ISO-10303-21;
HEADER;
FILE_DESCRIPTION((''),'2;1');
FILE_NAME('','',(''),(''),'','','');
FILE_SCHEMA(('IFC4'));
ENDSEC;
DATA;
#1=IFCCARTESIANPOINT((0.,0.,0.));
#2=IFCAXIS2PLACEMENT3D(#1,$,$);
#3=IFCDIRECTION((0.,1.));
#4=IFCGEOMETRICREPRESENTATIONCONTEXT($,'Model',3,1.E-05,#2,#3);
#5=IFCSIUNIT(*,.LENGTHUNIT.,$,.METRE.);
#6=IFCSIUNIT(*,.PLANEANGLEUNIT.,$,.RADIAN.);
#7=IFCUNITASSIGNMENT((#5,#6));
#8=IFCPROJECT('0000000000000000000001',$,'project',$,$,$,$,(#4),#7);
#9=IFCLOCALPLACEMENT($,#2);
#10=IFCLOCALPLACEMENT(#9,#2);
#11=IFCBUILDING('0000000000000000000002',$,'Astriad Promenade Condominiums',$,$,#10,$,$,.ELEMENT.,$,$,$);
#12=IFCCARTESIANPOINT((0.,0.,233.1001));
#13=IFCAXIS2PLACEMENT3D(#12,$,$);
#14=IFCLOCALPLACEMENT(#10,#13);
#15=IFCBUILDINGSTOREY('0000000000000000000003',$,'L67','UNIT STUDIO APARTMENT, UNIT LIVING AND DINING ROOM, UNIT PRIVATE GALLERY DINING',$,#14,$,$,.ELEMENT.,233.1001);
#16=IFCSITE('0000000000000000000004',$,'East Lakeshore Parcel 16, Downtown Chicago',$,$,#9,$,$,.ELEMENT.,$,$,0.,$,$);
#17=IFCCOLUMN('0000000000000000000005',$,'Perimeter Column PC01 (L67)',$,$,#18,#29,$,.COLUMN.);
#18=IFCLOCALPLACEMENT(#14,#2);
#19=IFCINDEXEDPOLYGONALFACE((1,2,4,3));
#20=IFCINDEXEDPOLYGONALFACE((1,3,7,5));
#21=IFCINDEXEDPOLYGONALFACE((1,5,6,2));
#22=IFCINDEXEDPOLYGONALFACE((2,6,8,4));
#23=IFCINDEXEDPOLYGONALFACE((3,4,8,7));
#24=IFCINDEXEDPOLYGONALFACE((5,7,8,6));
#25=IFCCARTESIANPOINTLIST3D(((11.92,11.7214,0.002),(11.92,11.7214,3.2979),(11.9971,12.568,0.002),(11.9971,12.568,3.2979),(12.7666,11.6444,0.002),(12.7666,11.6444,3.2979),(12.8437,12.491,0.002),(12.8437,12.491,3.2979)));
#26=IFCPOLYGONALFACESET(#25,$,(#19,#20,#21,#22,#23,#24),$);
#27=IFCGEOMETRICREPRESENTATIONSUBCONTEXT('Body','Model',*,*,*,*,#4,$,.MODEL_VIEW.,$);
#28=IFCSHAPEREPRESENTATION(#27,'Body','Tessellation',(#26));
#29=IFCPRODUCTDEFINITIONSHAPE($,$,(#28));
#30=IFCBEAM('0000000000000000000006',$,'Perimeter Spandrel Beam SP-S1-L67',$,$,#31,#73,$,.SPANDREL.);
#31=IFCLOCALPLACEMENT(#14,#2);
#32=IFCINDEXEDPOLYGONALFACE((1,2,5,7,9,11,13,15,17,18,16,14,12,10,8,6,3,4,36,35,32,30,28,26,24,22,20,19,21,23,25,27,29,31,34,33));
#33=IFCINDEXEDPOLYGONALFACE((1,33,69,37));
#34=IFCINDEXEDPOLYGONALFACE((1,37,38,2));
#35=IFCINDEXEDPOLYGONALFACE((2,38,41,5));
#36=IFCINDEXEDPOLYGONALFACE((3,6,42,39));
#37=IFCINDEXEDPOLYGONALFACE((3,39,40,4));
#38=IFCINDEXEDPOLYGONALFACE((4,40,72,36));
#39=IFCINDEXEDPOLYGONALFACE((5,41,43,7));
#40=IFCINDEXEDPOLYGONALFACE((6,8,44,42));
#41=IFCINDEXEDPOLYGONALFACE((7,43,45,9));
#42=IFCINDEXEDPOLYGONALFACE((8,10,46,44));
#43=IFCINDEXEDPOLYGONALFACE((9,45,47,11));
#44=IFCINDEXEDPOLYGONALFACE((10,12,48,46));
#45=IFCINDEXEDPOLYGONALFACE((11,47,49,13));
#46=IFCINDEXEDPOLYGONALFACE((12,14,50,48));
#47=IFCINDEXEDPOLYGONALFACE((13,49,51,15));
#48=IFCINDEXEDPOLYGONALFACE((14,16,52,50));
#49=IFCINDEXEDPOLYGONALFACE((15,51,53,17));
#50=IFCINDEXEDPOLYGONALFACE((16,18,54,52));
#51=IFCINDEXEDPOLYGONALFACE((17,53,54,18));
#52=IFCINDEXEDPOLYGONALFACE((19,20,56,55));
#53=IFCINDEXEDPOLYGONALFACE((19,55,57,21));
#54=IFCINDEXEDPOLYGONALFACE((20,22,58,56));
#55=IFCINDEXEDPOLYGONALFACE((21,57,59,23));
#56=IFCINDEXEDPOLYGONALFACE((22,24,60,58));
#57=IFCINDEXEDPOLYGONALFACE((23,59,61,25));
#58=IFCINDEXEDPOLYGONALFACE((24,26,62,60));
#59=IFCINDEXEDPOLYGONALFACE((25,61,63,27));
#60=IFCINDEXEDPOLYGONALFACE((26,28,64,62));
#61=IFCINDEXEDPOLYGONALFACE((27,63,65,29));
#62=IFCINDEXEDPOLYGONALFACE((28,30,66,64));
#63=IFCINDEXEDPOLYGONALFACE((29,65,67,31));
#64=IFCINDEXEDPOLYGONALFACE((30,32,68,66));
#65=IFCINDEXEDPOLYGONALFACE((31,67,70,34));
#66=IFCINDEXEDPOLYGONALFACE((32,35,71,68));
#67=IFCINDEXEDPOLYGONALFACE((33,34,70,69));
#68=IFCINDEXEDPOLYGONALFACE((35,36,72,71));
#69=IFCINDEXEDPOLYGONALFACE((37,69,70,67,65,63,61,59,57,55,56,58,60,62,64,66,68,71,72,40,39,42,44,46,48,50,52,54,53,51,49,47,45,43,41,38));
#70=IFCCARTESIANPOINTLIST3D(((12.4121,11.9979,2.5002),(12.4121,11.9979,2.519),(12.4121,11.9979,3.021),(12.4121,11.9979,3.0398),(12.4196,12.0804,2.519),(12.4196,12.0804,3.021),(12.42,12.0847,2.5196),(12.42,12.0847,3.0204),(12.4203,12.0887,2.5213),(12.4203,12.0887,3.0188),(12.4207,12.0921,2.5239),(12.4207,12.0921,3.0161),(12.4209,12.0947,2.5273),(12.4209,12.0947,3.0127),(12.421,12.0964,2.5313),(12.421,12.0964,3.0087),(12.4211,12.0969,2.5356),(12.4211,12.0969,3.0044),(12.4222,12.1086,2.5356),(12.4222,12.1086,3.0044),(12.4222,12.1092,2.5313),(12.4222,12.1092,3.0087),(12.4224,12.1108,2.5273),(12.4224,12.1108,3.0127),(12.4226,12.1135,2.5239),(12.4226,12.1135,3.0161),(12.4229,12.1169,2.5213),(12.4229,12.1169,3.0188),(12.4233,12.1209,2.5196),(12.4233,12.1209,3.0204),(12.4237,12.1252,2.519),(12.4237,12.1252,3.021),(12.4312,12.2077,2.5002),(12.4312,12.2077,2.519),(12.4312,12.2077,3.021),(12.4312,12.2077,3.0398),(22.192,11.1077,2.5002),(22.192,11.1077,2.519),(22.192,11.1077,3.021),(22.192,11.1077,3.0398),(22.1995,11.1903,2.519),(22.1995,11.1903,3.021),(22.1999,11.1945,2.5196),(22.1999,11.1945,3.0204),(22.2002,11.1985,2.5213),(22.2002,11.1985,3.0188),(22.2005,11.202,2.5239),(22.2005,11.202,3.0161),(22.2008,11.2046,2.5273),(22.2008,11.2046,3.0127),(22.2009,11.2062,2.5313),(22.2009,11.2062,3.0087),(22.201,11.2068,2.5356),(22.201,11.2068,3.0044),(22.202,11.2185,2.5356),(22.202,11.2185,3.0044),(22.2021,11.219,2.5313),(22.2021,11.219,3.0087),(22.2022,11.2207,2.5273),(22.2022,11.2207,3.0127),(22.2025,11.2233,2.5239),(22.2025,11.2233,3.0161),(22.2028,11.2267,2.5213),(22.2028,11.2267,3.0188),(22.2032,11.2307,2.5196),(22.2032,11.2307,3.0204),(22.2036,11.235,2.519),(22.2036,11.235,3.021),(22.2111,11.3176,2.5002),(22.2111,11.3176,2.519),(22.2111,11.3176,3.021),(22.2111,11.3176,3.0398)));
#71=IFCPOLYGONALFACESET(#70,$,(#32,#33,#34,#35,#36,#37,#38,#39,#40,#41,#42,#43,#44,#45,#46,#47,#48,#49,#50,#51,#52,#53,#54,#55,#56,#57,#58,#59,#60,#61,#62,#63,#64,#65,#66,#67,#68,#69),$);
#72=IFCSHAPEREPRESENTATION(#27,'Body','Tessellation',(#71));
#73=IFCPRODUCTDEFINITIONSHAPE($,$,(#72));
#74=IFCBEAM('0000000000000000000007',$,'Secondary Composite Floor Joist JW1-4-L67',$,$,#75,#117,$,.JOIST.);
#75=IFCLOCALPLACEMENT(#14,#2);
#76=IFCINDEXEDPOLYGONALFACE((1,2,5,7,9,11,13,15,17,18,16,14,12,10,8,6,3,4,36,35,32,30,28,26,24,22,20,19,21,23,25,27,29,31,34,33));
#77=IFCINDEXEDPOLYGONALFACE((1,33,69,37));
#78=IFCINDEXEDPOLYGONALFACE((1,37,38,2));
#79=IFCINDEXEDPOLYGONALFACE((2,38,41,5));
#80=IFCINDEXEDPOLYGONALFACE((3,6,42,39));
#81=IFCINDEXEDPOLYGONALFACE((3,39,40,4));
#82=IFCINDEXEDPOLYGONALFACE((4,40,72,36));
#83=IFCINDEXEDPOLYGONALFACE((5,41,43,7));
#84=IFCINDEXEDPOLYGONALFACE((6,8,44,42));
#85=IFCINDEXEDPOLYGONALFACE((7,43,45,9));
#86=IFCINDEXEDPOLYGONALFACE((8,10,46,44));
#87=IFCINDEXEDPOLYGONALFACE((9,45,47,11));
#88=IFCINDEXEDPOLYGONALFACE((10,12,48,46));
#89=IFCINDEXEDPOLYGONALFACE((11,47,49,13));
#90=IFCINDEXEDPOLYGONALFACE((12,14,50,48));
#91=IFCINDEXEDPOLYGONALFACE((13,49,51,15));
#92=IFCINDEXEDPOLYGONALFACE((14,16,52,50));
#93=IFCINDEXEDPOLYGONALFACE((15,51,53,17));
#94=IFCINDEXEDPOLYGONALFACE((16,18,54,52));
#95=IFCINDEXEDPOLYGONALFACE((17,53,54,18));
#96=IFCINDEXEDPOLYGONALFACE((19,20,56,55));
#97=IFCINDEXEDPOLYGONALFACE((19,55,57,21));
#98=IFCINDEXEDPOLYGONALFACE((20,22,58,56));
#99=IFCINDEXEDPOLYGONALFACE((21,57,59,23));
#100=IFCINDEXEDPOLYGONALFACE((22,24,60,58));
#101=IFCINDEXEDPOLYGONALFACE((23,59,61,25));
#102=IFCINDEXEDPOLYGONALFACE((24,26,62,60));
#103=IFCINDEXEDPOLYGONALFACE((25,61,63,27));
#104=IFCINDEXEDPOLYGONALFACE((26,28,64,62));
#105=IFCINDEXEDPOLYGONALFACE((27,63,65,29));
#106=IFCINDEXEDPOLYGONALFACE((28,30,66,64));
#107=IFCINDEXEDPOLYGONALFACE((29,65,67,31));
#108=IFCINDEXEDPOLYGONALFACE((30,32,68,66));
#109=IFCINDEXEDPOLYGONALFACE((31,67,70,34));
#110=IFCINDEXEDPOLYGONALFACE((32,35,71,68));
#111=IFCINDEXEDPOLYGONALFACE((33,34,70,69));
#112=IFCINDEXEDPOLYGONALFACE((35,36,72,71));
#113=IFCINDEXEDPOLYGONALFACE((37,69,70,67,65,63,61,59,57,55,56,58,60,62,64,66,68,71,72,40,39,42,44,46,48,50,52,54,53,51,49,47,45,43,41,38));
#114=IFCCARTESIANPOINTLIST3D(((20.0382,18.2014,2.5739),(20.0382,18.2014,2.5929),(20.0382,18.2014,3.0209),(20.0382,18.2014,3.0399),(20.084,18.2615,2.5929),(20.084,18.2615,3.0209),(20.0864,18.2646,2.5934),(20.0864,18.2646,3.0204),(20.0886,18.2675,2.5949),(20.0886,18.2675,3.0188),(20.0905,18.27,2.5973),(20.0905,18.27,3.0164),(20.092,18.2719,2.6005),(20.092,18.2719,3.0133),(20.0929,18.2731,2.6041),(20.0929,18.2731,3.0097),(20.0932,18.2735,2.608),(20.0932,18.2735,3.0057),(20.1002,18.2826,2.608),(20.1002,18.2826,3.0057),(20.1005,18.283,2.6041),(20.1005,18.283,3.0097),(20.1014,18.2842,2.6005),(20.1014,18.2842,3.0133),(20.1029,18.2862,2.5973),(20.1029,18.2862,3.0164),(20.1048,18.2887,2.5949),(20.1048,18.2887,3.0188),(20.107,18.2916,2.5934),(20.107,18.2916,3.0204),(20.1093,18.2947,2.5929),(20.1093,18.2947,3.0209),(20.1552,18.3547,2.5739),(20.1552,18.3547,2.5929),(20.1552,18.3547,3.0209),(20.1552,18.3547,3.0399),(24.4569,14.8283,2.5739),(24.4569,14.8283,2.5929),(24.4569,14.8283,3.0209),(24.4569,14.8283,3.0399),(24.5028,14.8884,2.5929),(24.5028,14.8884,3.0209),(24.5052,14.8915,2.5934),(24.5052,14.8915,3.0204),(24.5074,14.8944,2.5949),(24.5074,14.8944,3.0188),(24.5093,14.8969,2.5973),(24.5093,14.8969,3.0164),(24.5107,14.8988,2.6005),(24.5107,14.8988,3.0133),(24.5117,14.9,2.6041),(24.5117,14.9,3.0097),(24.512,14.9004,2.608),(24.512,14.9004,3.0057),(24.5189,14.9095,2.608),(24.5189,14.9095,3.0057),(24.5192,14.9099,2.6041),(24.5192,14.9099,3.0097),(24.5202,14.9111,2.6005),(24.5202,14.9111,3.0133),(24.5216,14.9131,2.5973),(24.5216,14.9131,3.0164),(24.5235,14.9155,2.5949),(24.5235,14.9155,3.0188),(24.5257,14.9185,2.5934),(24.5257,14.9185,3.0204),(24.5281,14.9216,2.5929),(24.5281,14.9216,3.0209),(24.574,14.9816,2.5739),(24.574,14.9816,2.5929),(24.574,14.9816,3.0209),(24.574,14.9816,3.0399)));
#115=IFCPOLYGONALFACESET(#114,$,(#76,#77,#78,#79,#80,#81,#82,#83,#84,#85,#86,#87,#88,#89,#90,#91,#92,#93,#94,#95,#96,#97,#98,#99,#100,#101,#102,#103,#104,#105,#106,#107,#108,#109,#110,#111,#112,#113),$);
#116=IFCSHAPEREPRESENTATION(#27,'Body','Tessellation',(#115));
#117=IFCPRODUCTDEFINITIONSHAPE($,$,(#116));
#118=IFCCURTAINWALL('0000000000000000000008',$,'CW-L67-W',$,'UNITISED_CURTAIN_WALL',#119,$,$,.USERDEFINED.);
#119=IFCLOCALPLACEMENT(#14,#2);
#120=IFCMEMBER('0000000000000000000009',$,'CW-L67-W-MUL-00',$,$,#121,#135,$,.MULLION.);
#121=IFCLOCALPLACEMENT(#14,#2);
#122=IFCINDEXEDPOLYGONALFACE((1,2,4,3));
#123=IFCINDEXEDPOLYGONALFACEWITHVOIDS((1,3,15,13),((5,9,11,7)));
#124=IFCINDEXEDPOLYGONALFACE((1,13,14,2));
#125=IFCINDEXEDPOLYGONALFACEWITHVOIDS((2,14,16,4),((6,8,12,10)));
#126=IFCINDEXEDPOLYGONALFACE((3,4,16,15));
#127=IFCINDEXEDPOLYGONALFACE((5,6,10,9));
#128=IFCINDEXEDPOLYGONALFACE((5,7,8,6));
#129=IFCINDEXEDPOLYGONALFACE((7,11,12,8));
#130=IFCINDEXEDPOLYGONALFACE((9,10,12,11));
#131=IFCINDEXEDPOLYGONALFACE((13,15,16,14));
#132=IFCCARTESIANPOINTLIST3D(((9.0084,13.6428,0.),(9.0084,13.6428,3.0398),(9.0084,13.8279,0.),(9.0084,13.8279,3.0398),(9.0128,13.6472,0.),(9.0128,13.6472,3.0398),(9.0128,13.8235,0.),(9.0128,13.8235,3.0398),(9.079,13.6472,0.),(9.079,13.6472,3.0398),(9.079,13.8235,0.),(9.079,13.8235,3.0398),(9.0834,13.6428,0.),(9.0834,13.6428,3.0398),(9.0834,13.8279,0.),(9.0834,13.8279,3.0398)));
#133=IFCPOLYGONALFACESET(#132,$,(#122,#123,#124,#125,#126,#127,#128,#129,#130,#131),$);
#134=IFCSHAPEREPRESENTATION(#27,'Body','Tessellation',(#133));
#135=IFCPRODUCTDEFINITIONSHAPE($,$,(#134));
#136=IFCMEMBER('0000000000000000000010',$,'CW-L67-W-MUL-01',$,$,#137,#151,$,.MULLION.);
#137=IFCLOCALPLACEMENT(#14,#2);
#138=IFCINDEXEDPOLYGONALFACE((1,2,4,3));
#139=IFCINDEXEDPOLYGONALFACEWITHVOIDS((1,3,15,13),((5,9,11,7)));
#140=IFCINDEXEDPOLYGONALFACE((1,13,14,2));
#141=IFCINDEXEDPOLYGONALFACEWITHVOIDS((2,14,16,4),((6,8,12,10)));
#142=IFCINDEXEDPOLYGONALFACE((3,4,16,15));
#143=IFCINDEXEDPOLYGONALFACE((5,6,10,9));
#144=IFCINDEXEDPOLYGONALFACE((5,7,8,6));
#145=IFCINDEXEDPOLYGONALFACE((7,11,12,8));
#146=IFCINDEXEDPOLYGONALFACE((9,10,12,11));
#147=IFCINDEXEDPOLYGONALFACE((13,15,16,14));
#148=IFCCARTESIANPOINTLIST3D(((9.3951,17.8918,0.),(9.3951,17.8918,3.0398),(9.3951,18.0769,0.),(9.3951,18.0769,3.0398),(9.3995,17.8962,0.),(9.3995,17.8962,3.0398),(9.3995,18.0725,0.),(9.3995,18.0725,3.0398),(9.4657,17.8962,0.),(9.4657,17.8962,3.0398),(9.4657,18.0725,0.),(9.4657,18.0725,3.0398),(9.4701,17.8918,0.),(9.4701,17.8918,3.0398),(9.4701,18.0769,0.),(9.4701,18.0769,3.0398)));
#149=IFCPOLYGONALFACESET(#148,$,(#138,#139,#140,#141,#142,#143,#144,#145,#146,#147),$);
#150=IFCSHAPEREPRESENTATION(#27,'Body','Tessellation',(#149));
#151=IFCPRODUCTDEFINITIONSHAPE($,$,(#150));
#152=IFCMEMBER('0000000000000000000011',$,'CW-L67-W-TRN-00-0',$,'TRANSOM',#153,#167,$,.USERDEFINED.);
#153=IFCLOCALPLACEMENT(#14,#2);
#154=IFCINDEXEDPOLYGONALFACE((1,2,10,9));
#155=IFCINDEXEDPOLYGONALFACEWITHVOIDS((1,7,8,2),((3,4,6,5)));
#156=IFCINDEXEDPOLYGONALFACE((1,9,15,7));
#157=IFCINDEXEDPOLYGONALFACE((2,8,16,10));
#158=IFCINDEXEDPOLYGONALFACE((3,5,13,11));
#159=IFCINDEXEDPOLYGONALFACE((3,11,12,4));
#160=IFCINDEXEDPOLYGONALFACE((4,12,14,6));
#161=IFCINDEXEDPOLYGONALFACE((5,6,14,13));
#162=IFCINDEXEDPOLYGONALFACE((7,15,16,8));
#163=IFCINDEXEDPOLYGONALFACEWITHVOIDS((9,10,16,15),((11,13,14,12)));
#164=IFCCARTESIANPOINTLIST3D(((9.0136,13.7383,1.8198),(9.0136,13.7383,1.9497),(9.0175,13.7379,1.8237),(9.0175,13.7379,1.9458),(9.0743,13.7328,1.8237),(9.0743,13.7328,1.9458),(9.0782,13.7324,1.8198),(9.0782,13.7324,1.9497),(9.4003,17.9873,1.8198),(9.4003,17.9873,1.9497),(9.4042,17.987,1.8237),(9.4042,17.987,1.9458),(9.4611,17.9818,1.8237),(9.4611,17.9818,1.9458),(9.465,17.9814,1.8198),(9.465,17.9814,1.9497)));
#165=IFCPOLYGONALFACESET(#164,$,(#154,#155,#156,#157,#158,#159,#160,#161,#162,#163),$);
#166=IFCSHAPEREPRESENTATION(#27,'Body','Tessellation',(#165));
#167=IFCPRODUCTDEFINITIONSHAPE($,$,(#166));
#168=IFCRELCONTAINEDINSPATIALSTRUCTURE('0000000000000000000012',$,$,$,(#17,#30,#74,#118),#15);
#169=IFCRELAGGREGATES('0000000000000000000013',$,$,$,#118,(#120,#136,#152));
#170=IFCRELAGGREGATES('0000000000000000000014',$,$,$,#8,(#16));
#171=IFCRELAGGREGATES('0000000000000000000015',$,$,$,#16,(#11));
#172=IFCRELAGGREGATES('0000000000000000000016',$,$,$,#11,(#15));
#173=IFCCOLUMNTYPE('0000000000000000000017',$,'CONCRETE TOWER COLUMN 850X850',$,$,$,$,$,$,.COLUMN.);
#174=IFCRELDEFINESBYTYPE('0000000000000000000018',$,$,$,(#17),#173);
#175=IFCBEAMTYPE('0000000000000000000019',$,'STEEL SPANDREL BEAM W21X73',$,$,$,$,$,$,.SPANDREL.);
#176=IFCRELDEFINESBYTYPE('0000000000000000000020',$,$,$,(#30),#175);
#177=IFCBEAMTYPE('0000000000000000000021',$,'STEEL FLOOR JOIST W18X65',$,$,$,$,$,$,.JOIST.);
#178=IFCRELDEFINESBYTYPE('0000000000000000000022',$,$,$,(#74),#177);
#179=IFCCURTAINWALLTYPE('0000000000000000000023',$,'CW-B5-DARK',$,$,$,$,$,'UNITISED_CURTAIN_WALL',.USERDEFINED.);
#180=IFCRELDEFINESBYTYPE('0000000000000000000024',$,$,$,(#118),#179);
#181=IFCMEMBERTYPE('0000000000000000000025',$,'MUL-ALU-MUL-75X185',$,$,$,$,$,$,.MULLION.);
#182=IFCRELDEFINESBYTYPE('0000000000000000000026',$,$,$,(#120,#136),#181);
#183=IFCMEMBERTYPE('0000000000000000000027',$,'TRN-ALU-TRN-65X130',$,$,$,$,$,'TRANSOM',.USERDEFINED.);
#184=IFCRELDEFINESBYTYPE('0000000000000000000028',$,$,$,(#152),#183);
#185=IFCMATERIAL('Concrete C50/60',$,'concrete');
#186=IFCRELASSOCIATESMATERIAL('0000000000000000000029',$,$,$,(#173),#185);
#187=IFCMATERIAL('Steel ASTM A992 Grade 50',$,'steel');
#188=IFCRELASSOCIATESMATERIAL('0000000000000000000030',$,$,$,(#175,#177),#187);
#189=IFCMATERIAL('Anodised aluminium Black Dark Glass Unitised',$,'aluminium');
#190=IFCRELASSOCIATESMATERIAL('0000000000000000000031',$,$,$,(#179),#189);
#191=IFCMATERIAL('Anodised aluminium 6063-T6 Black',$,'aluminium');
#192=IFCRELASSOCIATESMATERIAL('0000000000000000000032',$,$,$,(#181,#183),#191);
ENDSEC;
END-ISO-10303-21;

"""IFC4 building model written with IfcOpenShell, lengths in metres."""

from ifc_helpers import new_model, si_unit, direction, frame, origin, origin_2d, place, context, subcontext, project, spatial, rectangle, hollow_rectangle, i_section, extrude, source, transform, mapped, material, material_profile, profile_set, type_object, type_shapes, element, aggregate, save


model = new_model("IFC4")

# Units and contexts
model_context = context("Model", 3, precision=1e-05, world=origin(), true_north=direction((0.0, 1.0)))
body_context = subcontext(model_context, "Body", "Model", "MODEL_VIEW")
ifc_project = project(units=[si_unit("LENGTHUNIT", "METRE"), si_unit("PLANEANGLEUNIT", "RADIAN")], contexts=[model_context])

# Site, building, storey
site_placement = place(None, origin())
site = spatial("IfcSite", under=ifc_project, at=site_placement, Name="East Lakeshore Parcel 16, Downtown Chicago", CompositionType="ELEMENT", RefElevation=0.0)
building_placement = place(site_placement, origin())
building = spatial("IfcBuilding", under=site, at=building_placement, Name="Astriad Promenade Condominiums", CompositionType="ELEMENT")
storey_placement = place(building_placement, frame((0.0, 0.0, 233.1001)))
storey = spatial("IfcBuildingStorey", under=building, at=storey_placement, Name="L67", Description="UNIT STUDIO APARTMENT, UNIT LIVING AND DINING ROOM, UNIT PRIVATE GALLERY DINING", CompositionType="ELEMENT", Elevation=233.1001)

# Column
ifc_material_1 = material(Name="Concrete C50/60", Category="concrete")
ifc_material_profile_1 = material_profile(ifc_material_1, rectangle(XDim=0.8501, YDim=0.8501, at=origin_2d()), Name="RC-COL-850X850")
ifc_profile_set_1 = profile_set([ifc_material_profile_1], Name="Concrete C50/60")
column_type = type_object("IfcColumnType", Name="CONCRETE TOWER COLUMN 850X850", PredefinedType="COLUMN", material=ifc_profile_set_1)
shared_shape_1 = source(origin(), body_context, "Body", "SweptSolid", [
    extrude(rectangle(XDim=0.8501, YDim=0.8501, at=origin_2d()), origin(), (0.0, 0.0, 1.0), 3.2959),
])
type_shapes(column_type, [shared_shape_1])
column_placement = place(storey_placement, frame((12.3818, 12.1062, 0.002), z_axis=(0.0, 0.0, 1.0), x_axis=(0.995884, -0.090633, 0.0)))
element("IfcColumn", 1, at=column_placement, inside=storey, type_object=column_type, Name="Perimeter Column PC01 (L67)", PredefinedType="COLUMN", context=body_context, shape_type="MappedRepresentation", body=[
    mapped(shared_shape_1, transform((0.0, 0.0, 0.0), scale=1.0)),
])

# Beams
ifc_material_2 = material(Name="Steel ASTM A992 Grade 50", Category="steel")
ifc_material_profile_2 = material_profile(ifc_material_2, i_section(OverallWidth=0.2107, OverallDepth=0.5396, WebThickness=0.0117, FlangeThickness=0.0188, FilletRadius=0.0166, at=origin_2d()), Name="W21X73")
ifc_profile_set_2 = profile_set([ifc_material_profile_2], Name="Steel ASTM A992 Grade 50")
beam_type_1 = type_object("IfcBeamType", Name="STEEL SPANDREL BEAM W21X73", PredefinedType="SPANDREL", material=ifc_profile_set_2)
shared_shape_2 = source(origin(), body_context, "Body", "SweptSolid", [
    extrude(i_section(OverallWidth=0.2107, OverallDepth=0.5396, WebThickness=0.0117, FlangeThickness=0.0188, FilletRadius=0.0166, at=origin_2d()), origin(), (0.0, 0.0, 1.0), 9.8203),
])
type_shapes(beam_type_1, [shared_shape_2])
beam_1_placement = place(storey_placement, frame((12.4216, 12.1028, 2.77), z_axis=(0.995883, -0.090643, 0.0), x_axis=(0.090643, 0.995883, 0.0)))
element("IfcBeam", 2, at=beam_1_placement, inside=storey, type_object=beam_type_1, Name="Perimeter Spandrel Beam SP-S1-L67", PredefinedType="SPANDREL", context=body_context, shape_type="MappedRepresentation", body=[
    mapped(shared_shape_2, transform((0.0, 0.0, 0.0), scale=1.0)),
])
ifc_material_profile_3 = material_profile(ifc_material_2, i_section(OverallWidth=0.1929, OverallDepth=0.4661, WebThickness=0.0115, FlangeThickness=0.019, FilletRadius=0.0151, at=origin_2d()), Name="W18X65")
ifc_profile_set_3 = profile_set([ifc_material_profile_3], Name="Steel ASTM A992 Grade 50")
beam_type_2 = type_object("IfcBeamType", Name="STEEL FLOOR JOIST W18X65", PredefinedType="JOIST", material=ifc_profile_set_3)
shared_shape_3 = source(origin(), body_context, "Body", "SweptSolid", [
    extrude(i_section(OverallWidth=0.1929, OverallDepth=0.4661, WebThickness=0.0115, FlangeThickness=0.019, FilletRadius=0.0151, at=origin_2d()), origin(), (0.0, 0.0, 1.0), 5.5591),
])
type_shapes(beam_type_2, [shared_shape_3])
beam_2_placement = place(storey_placement, frame((20.0967, 18.2781, 2.8069), z_axis=(0.794875, -0.606773, 0.0), x_axis=(0.606773, 0.794875, 0.0)))
element("IfcBeam", 3, at=beam_2_placement, inside=storey, type_object=beam_type_2, Name="Secondary Composite Floor Joist JW1-4-L67", PredefinedType="JOIST", context=body_context, shape_type="MappedRepresentation", body=[
    mapped(shared_shape_3, transform((0.0, 0.0, 0.0), scale=1.0)),
])

# Curtain wall, members
ifc_material_3 = material(Name="Anodised aluminium Black Dark Glass Unitised", Category="aluminium")
curtain_wall_type = type_object("IfcCurtainWallType", Name="CW-B5-DARK", ElementType="UNITISED_CURTAIN_WALL", PredefinedType="USERDEFINED", material=ifc_material_3)
curtain_wall_placement = place(storey_placement, origin())
curtain_wall = element("IfcCurtainWall", 4, at=curtain_wall_placement, inside=storey, type_object=curtain_wall_type, Name="CW-L67-W", ObjectType="UNITISED_CURTAIN_WALL", PredefinedType="USERDEFINED")
ifc_material_4 = material(Name="Anodised aluminium 6063-T6 Black", Category="aluminium")
ifc_material_profile_4 = material_profile(ifc_material_4, hollow_rectangle(XDim=0.075, YDim=0.1851, WallThickness=0.0044, at=origin_2d()), Name="ALU-MUL-75X185")
ifc_profile_set_4 = profile_set([ifc_material_profile_4], Name="Anodised aluminium 6063-T6 Black")
member_type_1 = type_object("IfcMemberType", Name="MUL-ALU-MUL-75X185", PredefinedType="MULLION", material=ifc_profile_set_4)
shared_shape_4 = source(origin(), body_context, "Body", "SweptSolid", [
    extrude(hollow_rectangle(XDim=0.075, YDim=0.1851, WallThickness=0.0044, at=origin_2d()), origin(), (0.0, 0.0, 1.0), 3.0398),
])
type_shapes(member_type_1, [shared_shape_4])
member_1_placement = place(storey_placement, frame((9.0459, 13.7354, 0.0), z_axis=(0.0, 0.0, 1.0), x_axis=(1.0, 0.0, 0.0)))
member_1 = element("IfcMember", 5, at=member_1_placement, type_object=member_type_1, Name="CW-L67-W-MUL-00", PredefinedType="MULLION", context=body_context, shape_type="MappedRepresentation", body=[
    mapped(shared_shape_4, transform((0.0, 0.0, 0.0), scale=1.0)),
])
member_2_placement = place(storey_placement, frame((9.4326, 17.9844, 0.0), z_axis=(0.0, 0.0, 1.0), x_axis=(1.0, 0.0, 0.0)))
member_2 = element("IfcMember", 6, at=member_2_placement, type_object=member_type_1, Name="CW-L67-W-MUL-01", PredefinedType="MULLION", context=body_context, shape_type="MappedRepresentation", body=[
    mapped(shared_shape_4, transform((0.0, 0.0, 0.0), scale=1.0)),
])
ifc_material_profile_5 = material_profile(ifc_material_4, hollow_rectangle(XDim=0.0649, YDim=0.1299, WallThickness=0.0039, at=origin_2d()), Name="ALU-TRN-65X130")
ifc_profile_set_5 = profile_set([ifc_material_profile_5], Name="Anodised aluminium 6063-T6 Black")
member_type_2 = type_object("IfcMemberType", Name="TRN-ALU-TRN-65X130", ElementType="TRANSOM", PredefinedType="USERDEFINED", material=ifc_profile_set_5)
shared_shape_5 = source(origin(), body_context, "Body", "SweptSolid", [
    extrude(hollow_rectangle(XDim=0.0649, YDim=0.1299, WallThickness=0.0039, at=origin_2d()), origin(), (0.0, 0.0, 1.0), 4.2666),
])
member_3_placement = place(storey_placement, frame((9.0459, 13.7354, 1.8848), z_axis=(0.090639, 0.995884, 0.0), x_axis=(-0.995884, 0.090639, 0.0)))
member_3 = element("IfcMember", 7, at=member_3_placement, type_object=member_type_2, Name="CW-L67-W-TRN-00-0", ObjectType="TRANSOM", PredefinedType="USERDEFINED", context=body_context, shape_type="MappedRepresentation", body=[
    mapped(shared_shape_5, transform((0.0, 0.0, 0.0), scale=1.0)),
])

aggregate(curtain_wall, [member_1, member_2, member_3])

save(model, "model.ifc")
